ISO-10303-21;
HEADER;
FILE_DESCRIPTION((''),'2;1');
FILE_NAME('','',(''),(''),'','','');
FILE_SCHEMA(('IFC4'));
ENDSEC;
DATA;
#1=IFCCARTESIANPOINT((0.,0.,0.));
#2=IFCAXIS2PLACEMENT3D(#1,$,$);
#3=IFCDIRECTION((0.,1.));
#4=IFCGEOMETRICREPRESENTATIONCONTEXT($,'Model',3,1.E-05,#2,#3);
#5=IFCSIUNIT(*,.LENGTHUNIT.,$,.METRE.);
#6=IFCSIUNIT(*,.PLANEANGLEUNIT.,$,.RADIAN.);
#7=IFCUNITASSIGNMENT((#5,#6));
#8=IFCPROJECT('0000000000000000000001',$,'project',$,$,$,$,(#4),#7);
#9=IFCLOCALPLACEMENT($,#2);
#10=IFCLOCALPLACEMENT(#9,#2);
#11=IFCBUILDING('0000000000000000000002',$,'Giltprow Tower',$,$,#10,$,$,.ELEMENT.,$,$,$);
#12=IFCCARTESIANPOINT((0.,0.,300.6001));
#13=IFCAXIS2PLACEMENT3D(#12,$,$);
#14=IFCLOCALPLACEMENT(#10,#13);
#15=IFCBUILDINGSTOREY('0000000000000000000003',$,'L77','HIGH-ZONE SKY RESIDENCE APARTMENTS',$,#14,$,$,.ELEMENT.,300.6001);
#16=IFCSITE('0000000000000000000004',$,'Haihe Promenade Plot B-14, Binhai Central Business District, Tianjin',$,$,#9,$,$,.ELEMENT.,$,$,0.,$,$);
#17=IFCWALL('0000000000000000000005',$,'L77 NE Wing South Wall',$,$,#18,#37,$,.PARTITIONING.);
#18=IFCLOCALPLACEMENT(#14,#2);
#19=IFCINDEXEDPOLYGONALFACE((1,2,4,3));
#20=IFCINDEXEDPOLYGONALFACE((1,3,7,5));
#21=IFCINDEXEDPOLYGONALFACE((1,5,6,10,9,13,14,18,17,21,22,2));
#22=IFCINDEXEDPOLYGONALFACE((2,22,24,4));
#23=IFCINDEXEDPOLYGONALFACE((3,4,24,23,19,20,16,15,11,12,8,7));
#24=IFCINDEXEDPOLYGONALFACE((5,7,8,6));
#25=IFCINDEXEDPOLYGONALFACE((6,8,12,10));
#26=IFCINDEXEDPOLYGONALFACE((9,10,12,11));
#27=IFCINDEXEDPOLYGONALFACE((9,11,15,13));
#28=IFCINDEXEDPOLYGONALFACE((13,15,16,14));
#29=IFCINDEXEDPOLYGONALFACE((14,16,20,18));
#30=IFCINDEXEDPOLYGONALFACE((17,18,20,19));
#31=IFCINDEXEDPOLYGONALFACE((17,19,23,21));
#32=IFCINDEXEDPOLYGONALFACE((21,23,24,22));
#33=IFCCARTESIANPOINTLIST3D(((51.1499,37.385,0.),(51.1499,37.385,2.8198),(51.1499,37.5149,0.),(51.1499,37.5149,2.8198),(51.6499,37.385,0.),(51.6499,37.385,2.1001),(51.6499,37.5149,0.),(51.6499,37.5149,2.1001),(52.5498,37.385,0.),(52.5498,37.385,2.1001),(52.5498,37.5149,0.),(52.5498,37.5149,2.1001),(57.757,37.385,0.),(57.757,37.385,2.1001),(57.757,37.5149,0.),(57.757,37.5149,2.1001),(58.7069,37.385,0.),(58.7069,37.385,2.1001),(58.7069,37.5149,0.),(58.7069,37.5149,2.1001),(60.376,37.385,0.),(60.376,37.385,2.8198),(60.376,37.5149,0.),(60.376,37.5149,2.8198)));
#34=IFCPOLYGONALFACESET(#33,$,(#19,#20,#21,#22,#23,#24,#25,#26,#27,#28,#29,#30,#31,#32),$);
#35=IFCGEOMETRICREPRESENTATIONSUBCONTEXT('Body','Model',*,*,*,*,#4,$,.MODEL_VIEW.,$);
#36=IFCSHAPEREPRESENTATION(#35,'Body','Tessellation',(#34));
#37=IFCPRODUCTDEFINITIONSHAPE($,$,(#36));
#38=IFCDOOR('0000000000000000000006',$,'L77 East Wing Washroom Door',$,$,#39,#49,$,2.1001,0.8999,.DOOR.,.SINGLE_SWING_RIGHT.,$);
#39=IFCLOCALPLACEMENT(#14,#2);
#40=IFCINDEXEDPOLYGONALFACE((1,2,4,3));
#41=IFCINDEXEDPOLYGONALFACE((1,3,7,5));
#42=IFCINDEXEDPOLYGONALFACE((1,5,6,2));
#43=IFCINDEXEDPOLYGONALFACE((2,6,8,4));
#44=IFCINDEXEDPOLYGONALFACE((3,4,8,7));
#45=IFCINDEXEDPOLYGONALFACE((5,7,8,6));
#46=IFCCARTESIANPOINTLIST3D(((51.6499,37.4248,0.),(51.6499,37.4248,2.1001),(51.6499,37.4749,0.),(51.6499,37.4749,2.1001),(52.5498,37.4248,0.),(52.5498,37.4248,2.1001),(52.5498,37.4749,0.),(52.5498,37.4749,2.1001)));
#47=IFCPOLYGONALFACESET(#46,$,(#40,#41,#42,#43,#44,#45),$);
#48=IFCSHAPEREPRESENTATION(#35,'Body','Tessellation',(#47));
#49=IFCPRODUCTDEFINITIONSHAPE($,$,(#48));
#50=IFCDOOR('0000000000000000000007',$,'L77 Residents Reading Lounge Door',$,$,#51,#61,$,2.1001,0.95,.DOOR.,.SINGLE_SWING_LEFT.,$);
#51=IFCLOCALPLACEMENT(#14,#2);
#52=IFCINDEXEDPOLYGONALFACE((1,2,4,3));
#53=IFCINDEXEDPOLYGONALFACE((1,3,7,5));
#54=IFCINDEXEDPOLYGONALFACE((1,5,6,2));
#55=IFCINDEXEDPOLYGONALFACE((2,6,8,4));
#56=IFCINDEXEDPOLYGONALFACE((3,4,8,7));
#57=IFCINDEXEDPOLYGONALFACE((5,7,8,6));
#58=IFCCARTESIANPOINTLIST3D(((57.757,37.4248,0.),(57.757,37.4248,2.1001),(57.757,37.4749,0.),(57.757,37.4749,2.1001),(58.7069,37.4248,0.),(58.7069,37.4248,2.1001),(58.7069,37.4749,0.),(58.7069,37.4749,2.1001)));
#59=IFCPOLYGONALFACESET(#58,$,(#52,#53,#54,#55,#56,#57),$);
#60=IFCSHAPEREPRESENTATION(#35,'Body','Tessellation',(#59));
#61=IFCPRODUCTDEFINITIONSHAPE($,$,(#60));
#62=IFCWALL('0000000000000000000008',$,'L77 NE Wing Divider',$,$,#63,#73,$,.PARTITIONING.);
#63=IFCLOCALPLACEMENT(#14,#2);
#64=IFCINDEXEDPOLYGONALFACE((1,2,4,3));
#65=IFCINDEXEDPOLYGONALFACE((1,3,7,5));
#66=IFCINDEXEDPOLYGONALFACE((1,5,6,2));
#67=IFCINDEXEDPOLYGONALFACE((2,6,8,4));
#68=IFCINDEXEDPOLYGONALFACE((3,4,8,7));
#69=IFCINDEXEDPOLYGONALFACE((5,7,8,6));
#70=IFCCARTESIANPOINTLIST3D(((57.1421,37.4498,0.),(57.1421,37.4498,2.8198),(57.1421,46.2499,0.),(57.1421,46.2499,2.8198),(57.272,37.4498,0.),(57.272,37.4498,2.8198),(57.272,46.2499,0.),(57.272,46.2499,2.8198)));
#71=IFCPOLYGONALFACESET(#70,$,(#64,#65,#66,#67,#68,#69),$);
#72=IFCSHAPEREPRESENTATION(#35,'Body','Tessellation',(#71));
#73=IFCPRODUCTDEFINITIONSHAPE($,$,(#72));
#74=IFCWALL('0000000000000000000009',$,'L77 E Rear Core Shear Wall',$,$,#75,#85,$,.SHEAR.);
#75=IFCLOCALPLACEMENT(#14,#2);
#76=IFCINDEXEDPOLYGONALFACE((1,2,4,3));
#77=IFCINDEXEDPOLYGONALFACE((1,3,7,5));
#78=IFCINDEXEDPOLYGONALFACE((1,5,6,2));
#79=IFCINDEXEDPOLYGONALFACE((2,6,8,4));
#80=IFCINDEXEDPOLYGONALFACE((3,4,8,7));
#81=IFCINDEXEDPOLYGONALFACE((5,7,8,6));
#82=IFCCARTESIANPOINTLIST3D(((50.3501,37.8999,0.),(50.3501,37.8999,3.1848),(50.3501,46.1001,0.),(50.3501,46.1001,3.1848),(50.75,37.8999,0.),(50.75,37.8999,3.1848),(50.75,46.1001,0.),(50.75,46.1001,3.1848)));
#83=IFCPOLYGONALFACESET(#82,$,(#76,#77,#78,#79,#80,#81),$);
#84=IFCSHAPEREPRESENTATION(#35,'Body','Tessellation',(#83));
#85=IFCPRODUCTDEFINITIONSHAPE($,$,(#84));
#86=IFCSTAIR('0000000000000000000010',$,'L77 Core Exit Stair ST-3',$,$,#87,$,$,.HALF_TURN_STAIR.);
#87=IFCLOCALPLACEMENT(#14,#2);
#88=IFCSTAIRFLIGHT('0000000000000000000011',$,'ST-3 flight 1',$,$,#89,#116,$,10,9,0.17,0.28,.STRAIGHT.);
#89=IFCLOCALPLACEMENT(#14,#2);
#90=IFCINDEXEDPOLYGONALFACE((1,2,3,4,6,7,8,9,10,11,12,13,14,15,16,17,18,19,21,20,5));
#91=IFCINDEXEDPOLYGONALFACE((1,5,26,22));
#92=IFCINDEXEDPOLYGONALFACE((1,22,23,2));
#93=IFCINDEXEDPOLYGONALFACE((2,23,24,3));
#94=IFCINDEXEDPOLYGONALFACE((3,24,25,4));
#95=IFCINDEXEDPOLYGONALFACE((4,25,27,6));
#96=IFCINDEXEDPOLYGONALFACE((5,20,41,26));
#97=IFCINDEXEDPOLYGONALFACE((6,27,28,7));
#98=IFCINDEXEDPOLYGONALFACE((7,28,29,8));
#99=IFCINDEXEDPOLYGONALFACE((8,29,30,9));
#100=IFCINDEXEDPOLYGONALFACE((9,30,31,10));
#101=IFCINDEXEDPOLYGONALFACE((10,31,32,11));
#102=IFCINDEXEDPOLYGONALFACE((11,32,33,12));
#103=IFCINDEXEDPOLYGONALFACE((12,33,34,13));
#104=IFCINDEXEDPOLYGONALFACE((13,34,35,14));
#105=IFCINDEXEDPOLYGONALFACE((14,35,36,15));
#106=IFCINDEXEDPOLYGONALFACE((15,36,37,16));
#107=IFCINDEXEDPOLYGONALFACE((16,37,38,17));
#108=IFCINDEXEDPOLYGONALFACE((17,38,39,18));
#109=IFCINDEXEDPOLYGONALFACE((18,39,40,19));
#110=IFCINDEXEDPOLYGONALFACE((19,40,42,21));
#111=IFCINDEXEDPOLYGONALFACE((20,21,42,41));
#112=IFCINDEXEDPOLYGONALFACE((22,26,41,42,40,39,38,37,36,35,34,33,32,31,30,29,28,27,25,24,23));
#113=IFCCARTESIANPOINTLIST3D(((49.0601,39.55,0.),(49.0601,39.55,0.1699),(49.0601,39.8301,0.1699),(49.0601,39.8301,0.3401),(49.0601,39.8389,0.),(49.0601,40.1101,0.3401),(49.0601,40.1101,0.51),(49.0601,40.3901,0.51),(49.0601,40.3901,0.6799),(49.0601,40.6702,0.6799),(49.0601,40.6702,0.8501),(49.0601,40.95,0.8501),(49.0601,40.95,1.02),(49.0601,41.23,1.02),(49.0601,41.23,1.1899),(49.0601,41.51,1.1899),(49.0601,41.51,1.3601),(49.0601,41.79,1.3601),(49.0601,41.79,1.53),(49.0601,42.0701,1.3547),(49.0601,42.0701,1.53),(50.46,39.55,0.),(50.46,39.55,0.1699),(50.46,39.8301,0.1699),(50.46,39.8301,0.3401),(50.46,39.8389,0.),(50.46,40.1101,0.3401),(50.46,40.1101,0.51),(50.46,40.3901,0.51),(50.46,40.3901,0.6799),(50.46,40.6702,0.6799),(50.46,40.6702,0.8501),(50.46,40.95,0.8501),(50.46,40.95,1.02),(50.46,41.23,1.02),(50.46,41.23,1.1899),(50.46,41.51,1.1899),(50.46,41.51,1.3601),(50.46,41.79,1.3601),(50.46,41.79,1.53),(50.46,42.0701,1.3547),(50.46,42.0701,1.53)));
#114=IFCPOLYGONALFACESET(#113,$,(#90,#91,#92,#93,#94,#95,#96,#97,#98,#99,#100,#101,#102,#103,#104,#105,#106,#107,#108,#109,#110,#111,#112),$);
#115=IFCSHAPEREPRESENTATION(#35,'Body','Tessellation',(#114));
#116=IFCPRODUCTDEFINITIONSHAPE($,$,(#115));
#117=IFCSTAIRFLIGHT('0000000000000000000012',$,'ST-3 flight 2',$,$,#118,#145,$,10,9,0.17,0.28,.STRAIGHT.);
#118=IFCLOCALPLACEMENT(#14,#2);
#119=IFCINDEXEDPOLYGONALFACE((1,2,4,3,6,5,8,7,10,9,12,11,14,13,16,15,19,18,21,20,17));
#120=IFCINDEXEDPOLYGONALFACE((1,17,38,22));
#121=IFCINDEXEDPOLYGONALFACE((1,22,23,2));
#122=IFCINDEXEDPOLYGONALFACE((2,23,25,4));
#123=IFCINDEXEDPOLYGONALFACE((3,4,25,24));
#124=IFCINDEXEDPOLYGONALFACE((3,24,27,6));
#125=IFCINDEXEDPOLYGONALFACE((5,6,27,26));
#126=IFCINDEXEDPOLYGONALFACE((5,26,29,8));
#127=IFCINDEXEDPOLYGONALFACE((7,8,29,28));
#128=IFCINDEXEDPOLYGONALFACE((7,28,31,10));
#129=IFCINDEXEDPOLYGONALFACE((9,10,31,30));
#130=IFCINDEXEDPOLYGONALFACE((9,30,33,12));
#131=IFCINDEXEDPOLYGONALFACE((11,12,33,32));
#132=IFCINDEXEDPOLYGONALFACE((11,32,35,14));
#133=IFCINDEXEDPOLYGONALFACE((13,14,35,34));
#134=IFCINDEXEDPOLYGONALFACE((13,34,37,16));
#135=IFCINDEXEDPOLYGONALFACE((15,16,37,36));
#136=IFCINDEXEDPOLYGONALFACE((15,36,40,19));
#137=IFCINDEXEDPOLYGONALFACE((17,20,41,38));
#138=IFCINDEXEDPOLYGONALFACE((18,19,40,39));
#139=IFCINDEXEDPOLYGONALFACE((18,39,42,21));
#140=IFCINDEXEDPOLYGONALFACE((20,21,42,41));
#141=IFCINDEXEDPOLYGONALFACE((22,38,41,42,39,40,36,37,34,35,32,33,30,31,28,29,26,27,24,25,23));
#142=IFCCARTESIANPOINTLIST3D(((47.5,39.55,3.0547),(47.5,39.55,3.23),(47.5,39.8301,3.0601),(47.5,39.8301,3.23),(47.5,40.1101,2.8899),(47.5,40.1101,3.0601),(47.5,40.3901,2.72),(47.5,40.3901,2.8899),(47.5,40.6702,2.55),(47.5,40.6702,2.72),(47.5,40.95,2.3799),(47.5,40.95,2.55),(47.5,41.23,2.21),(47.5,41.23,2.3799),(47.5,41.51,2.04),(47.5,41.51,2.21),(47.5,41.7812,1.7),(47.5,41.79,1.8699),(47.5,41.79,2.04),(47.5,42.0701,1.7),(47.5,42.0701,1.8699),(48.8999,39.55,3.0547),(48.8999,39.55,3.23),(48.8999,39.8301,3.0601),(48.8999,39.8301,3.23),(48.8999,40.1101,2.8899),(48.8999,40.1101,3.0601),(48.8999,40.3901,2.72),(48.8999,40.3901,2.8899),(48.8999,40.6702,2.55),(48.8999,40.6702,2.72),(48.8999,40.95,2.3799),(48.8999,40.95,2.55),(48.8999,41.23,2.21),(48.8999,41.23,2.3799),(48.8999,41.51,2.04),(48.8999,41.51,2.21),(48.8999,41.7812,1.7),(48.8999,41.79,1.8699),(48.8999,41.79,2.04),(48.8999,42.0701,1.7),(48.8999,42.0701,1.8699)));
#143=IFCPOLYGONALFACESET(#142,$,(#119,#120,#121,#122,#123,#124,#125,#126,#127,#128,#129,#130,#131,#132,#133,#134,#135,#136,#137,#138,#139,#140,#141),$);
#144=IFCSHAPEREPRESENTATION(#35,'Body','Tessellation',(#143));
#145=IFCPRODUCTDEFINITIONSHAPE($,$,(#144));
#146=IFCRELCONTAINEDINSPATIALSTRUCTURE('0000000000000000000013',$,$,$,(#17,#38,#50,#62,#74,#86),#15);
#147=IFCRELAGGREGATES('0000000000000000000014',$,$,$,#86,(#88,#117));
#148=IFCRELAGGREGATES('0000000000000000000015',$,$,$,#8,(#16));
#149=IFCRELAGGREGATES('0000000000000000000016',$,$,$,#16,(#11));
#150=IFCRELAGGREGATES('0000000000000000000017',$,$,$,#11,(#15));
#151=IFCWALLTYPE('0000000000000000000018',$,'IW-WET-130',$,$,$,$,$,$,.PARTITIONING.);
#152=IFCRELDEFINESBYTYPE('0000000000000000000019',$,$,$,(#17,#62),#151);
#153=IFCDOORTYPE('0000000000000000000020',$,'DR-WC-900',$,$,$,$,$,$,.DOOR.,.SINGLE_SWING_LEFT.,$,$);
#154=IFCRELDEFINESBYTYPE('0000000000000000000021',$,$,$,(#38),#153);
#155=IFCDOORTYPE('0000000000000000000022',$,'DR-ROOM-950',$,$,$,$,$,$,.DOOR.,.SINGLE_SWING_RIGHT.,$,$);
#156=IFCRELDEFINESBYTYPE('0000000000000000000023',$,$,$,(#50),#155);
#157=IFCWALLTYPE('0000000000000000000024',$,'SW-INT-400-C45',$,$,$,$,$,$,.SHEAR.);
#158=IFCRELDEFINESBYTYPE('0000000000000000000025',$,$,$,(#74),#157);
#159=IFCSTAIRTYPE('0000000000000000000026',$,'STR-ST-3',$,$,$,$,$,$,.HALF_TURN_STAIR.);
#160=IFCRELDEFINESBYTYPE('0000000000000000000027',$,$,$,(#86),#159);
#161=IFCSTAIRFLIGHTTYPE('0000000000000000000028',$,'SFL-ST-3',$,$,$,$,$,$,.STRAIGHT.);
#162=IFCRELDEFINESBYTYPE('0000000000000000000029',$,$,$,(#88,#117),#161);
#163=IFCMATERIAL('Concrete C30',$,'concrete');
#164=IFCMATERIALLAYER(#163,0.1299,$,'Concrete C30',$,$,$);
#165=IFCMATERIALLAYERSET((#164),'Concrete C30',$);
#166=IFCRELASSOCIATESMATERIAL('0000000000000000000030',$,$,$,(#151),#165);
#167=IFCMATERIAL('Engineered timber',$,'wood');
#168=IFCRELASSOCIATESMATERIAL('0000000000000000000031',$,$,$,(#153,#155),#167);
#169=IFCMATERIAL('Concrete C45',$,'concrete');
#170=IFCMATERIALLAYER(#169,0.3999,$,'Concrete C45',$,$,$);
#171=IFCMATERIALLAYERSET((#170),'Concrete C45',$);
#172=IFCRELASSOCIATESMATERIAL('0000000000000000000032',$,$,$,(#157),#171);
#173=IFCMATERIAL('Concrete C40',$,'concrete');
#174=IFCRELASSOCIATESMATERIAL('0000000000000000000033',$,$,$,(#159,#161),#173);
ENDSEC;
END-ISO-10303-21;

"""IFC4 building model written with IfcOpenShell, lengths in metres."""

from ifc_helpers import new_model, si_unit, direction, frame, frame_2d, origin, place, context, subcontext, project, spatial, polyline, rectangle, outline, extrude, source, transform, mapped, material, layer, layer_set, type_object, element, fill, aggregate, save


model = new_model("IFC4")

# Units and contexts
model_context = context("Model", 3, precision=1e-05, world=origin(), true_north=direction((0.0, 1.0)))
body_context = subcontext(model_context, "Body", "Model", "MODEL_VIEW")
ifc_project = project(units=[si_unit("LENGTHUNIT", "METRE"), si_unit("PLANEANGLEUNIT", "RADIAN")], contexts=[model_context])

# Site, building, storey
site_placement = place(None, origin())
site = spatial("IfcSite", under=ifc_project, at=site_placement, Name="Haihe Promenade Plot B-14, Binhai Central Business District, Tianjin", CompositionType="ELEMENT", RefElevation=0.0)
building_placement = place(site_placement, origin())
building = spatial("IfcBuilding", under=site, at=building_placement, Name="Giltprow Tower", CompositionType="ELEMENT")
storey_placement = place(building_placement, frame((0.0, 0.0, 300.6001)))
storey = spatial("IfcBuildingStorey", under=building, at=storey_placement, Name="L77", Description="HIGH-ZONE SKY RESIDENCE APARTMENTS", CompositionType="ELEMENT", Elevation=300.6001)

# Shared definitions
ifc_material_1 = material(Name="Concrete C45", Category="concrete")

# Wall, openings, doors
ifc_material_2 = material(Name="Concrete C30", Category="concrete")
ifc_layer_1 = layer(ifc_material_2, 0.1299, Name="Concrete C30")
ifc_layer_set_1 = layer_set([ifc_layer_1], Name="Concrete C30")
wall_type_1 = type_object("IfcWallType", Name="IW-WET-130", PredefinedType="PARTITIONING", material=ifc_layer_set_1)
wall_1_placement = place(storey_placement, frame((51.1499, 37.45, 0.0), z_axis=(0.0, 0.0, 1.0), x_axis=(1.0, 0.0, 0.0)))
wall_1 = element("IfcWall", 1, at=wall_1_placement, inside=storey, type_object=wall_type_1, Name="L77 NE Wing South Wall", PredefinedType="PARTITIONING", context=body_context, shape_type="SweptSolid", body=[
    extrude(rectangle(XDim=9.2261, YDim=0.1299, at=frame_2d((4.613, 0.0))), origin(), (0.0, 0.0, 1.0), 2.8198),
])
opening_1_placement = place(wall_1_placement, frame((0.5, 0.0, 0.0)))
opening_1 = element("IfcOpeningElement", 2, at=opening_1_placement, cuts=wall_1, PredefinedType="OPENING", context=body_context, shape_type="SweptSolid", body=[
    extrude(rectangle(XDim=0.8999, YDim=2.1001, at=frame_2d((0.45, 1.05))), frame((0.0, 0.075, 0.0), z_axis=(0.0, -1.0, 0.0), x_axis=(1.0, 0.0, 0.0)), (0.0, 0.0, 1.0), 0.1499),
])
opening_2_placement = place(wall_1_placement, frame((6.6069, 0.0, 0.0)))
opening_2 = element("IfcOpeningElement", 3, at=opening_2_placement, cuts=wall_1, PredefinedType="OPENING", context=body_context, shape_type="SweptSolid", body=[
    extrude(rectangle(XDim=0.95, YDim=2.1001, at=frame_2d((0.4751, 1.05))), frame((0.0, 0.075, 0.0), z_axis=(0.0, -1.0, 0.0), x_axis=(1.0, 0.0, 0.0)), (0.0, 0.0, 1.0), 0.1499),
])
ifc_material_3 = material(Name="Engineered timber", Category="wood")
door_type_1 = type_object("IfcDoorType", Name="DR-WC-900", OperationType="SINGLE_SWING_LEFT", PredefinedType="DOOR", material=ifc_material_3)
shared_shape_1 = source(origin(), body_context, "Body", "SweptSolid", [
    extrude(rectangle(XDim=0.8999, YDim=2.1001, at=frame_2d((0.45, 1.05))), frame((0.0, 0.0249, 0.0), z_axis=(0.0, -1.0, 0.0), x_axis=(1.0, 0.0, 0.0)), (0.0, 0.0, 1.0), 0.05),
])
door_1_placement = place(opening_1_placement, origin())
door_1 = element("IfcDoor", 4, at=door_1_placement, inside=storey, type_object=door_type_1, Name="L77 East Wing Washroom Door", OperationType="SINGLE_SWING_RIGHT", OverallHeight=2.1001, OverallWidth=0.8999, PredefinedType="DOOR", context=body_context, shape_type="MappedRepresentation", body=[
    mapped(shared_shape_1, transform((0.0, 0.0, 0.0), x_axis=(1.0, 0.0, 0.0), y_axis=(0.0, 1.0, 0.0), z_axis=(0.0, 0.0, 1.0), scale=1.0)),
])
fill(opening_1, door_1)
door_type_2 = type_object("IfcDoorType", Name="DR-ROOM-950", OperationType="SINGLE_SWING_RIGHT", PredefinedType="DOOR", material=ifc_material_3)
shared_shape_2 = source(origin(), body_context, "Body", "SweptSolid", [
    extrude(rectangle(XDim=0.95, YDim=2.1001, at=frame_2d((0.4751, 1.05))), frame((0.0, 0.0249, 0.0), z_axis=(0.0, -1.0, 0.0), x_axis=(1.0, 0.0, 0.0)), (0.0, 0.0, 1.0), 0.05),
])
door_2_placement = place(opening_2_placement, origin())
door_2 = element("IfcDoor", 5, at=door_2_placement, inside=storey, type_object=door_type_2, Name="L77 Residents Reading Lounge Door", OperationType="SINGLE_SWING_LEFT", OverallHeight=2.1001, OverallWidth=0.95, PredefinedType="DOOR", context=body_context, shape_type="MappedRepresentation", body=[
    mapped(shared_shape_2, transform((0.0, 0.0, 0.0), x_axis=(1.0, 0.0, 0.0), y_axis=(0.0, 1.0, 0.0), z_axis=(0.0, 0.0, 1.0), scale=1.0)),
])
fill(opening_2, door_2)

# Walls
wall_2_placement = place(storey_placement, frame((57.207, 37.45, 0.0), z_axis=(0.0, 0.0, 1.0), x_axis=(0.0, 1.0, 0.0)))
element("IfcWall", 6, at=wall_2_placement, inside=storey, type_object=wall_type_1, Name="L77 NE Wing Divider", PredefinedType="PARTITIONING", context=body_context, shape_type="SweptSolid", body=[
    extrude(rectangle(XDim=8.8, YDim=0.1299, at=frame_2d((4.3999, 0.0))), origin(), (0.0, 0.0, 1.0), 2.8198),
])
ifc_layer_2 = layer(ifc_material_1, 0.3999, Name="Concrete C45")
ifc_layer_set_2 = layer_set([ifc_layer_2], Name="Concrete C45")
wall_type_2 = type_object("IfcWallType", Name="SW-INT-400-C45", PredefinedType="SHEAR", material=ifc_layer_set_2)
wall_3_placement = place(storey_placement, frame((50.55, 37.8999, 0.0), z_axis=(0.0, 0.0, 1.0), x_axis=(0.0, 1.0, 0.0)))
element("IfcWall", 7, at=wall_3_placement, inside=storey, type_object=wall_type_2, Name="L77 E Rear Core Shear Wall", PredefinedType="SHEAR", context=body_context, shape_type="SweptSolid", body=[
    extrude(rectangle(XDim=8.2002, YDim=0.3999, at=frame_2d((4.1001, 0.0))), origin(), (0.0, 0.0, 1.0), 3.1848),
])

# Stair, stair flights
ifc_material_4 = material(Name="Concrete C40", Category="concrete")
stair_type = type_object("IfcStairType", Name="STR-ST-3", PredefinedType="HALF_TURN_STAIR", material=ifc_material_4)
stair_placement = place(storey_placement, origin())
stair = element("IfcStair", 8, at=stair_placement, inside=storey, type_object=stair_type, Name="L77 Core Exit Stair ST-3", PredefinedType="HALF_TURN_STAIR")
stair_flight_type = type_object("IfcStairFlightType", Name="SFL-ST-3", PredefinedType="STRAIGHT", material=ifc_material_4)
stair_flight_1_placement = place(storey_placement, frame((49.76, 39.55, 0.0), z_axis=(0.0, 0.0, 1.0), x_axis=(0.0, 1.0, 0.0)))
stair_flight_1 = element("IfcStairFlight", 9, at=stair_flight_1_placement, type_object=stair_flight_type, Name="ST-3 flight 1", NumberOfRisers=10, NumberOfTreads=9, PredefinedType="STRAIGHT", RiserHeight=0.17, TreadLength=0.28, context=body_context, shape_type="SweptSolid", body=[
    extrude(outline(polyline([(0.0, 0.0), (0.0, 0.1699), (0.28, 0.1699), (0.28, 0.3401), (0.5601, 0.3401), (0.5601, 0.51), (0.8401, 0.51), (0.8401, 0.6799), (1.1201, 0.6799), (1.1201, 0.8501), (1.3999, 0.8501), (1.3999, 1.02), (1.6799, 1.02), (1.6799, 1.1899), (1.96, 1.1899), (1.96, 1.3601), (2.24, 1.3601), (2.24, 1.53), (2.52, 1.53), (2.52, 1.7), (2.52, 1.3547), (0.2888, 0.0), (0.0, 0.0)])), frame((0.0, 0.7, 0.0), z_axis=(0.0, -1.0, 0.0), x_axis=(1.0, 0.0, 0.0)), (0.0, 0.0, 1.0), 1.3999),
])
stair_flight_2_placement = place(storey_placement, frame((48.2, 42.0701, 1.7), z_axis=(0.0, 0.0, 1.0), x_axis=(0.0, -1.0, 0.0)))
stair_flight_2 = element("IfcStairFlight", 10, at=stair_flight_2_placement, type_object=stair_flight_type, Name="ST-3 flight 2", NumberOfRisers=10, NumberOfTreads=9, PredefinedType="STRAIGHT", RiserHeight=0.17, TreadLength=0.28, context=body_context, shape_type="SweptSolid", body=[
    extrude(outline(polyline([(0.0, 0.0), (0.0, 0.1699), (0.28, 0.1699), (0.28, 0.3401), (0.5601, 0.3401), (0.5601, 0.51), (0.8401, 0.51), (0.8401, 0.6799), (1.1201, 0.6799), (1.1201, 0.8501), (1.3999, 0.8501), (1.3999, 1.02), (1.6799, 1.02), (1.6799, 1.1899), (1.96, 1.1899), (1.96, 1.3601), (2.24, 1.3601), (2.24, 1.53), (2.52, 1.53), (2.52, 1.7), (2.52, 1.3547), (0.2888, 0.0), (0.0, 0.0)])), frame((0.0, 0.7, 0.0), z_axis=(0.0, -1.0, 0.0), x_axis=(1.0, 0.0, 0.0)), (0.0, 0.0, 1.0), 1.3999),
])
aggregate(stair, [stair_flight_1, stair_flight_2])

save(model, "model.ifc")
